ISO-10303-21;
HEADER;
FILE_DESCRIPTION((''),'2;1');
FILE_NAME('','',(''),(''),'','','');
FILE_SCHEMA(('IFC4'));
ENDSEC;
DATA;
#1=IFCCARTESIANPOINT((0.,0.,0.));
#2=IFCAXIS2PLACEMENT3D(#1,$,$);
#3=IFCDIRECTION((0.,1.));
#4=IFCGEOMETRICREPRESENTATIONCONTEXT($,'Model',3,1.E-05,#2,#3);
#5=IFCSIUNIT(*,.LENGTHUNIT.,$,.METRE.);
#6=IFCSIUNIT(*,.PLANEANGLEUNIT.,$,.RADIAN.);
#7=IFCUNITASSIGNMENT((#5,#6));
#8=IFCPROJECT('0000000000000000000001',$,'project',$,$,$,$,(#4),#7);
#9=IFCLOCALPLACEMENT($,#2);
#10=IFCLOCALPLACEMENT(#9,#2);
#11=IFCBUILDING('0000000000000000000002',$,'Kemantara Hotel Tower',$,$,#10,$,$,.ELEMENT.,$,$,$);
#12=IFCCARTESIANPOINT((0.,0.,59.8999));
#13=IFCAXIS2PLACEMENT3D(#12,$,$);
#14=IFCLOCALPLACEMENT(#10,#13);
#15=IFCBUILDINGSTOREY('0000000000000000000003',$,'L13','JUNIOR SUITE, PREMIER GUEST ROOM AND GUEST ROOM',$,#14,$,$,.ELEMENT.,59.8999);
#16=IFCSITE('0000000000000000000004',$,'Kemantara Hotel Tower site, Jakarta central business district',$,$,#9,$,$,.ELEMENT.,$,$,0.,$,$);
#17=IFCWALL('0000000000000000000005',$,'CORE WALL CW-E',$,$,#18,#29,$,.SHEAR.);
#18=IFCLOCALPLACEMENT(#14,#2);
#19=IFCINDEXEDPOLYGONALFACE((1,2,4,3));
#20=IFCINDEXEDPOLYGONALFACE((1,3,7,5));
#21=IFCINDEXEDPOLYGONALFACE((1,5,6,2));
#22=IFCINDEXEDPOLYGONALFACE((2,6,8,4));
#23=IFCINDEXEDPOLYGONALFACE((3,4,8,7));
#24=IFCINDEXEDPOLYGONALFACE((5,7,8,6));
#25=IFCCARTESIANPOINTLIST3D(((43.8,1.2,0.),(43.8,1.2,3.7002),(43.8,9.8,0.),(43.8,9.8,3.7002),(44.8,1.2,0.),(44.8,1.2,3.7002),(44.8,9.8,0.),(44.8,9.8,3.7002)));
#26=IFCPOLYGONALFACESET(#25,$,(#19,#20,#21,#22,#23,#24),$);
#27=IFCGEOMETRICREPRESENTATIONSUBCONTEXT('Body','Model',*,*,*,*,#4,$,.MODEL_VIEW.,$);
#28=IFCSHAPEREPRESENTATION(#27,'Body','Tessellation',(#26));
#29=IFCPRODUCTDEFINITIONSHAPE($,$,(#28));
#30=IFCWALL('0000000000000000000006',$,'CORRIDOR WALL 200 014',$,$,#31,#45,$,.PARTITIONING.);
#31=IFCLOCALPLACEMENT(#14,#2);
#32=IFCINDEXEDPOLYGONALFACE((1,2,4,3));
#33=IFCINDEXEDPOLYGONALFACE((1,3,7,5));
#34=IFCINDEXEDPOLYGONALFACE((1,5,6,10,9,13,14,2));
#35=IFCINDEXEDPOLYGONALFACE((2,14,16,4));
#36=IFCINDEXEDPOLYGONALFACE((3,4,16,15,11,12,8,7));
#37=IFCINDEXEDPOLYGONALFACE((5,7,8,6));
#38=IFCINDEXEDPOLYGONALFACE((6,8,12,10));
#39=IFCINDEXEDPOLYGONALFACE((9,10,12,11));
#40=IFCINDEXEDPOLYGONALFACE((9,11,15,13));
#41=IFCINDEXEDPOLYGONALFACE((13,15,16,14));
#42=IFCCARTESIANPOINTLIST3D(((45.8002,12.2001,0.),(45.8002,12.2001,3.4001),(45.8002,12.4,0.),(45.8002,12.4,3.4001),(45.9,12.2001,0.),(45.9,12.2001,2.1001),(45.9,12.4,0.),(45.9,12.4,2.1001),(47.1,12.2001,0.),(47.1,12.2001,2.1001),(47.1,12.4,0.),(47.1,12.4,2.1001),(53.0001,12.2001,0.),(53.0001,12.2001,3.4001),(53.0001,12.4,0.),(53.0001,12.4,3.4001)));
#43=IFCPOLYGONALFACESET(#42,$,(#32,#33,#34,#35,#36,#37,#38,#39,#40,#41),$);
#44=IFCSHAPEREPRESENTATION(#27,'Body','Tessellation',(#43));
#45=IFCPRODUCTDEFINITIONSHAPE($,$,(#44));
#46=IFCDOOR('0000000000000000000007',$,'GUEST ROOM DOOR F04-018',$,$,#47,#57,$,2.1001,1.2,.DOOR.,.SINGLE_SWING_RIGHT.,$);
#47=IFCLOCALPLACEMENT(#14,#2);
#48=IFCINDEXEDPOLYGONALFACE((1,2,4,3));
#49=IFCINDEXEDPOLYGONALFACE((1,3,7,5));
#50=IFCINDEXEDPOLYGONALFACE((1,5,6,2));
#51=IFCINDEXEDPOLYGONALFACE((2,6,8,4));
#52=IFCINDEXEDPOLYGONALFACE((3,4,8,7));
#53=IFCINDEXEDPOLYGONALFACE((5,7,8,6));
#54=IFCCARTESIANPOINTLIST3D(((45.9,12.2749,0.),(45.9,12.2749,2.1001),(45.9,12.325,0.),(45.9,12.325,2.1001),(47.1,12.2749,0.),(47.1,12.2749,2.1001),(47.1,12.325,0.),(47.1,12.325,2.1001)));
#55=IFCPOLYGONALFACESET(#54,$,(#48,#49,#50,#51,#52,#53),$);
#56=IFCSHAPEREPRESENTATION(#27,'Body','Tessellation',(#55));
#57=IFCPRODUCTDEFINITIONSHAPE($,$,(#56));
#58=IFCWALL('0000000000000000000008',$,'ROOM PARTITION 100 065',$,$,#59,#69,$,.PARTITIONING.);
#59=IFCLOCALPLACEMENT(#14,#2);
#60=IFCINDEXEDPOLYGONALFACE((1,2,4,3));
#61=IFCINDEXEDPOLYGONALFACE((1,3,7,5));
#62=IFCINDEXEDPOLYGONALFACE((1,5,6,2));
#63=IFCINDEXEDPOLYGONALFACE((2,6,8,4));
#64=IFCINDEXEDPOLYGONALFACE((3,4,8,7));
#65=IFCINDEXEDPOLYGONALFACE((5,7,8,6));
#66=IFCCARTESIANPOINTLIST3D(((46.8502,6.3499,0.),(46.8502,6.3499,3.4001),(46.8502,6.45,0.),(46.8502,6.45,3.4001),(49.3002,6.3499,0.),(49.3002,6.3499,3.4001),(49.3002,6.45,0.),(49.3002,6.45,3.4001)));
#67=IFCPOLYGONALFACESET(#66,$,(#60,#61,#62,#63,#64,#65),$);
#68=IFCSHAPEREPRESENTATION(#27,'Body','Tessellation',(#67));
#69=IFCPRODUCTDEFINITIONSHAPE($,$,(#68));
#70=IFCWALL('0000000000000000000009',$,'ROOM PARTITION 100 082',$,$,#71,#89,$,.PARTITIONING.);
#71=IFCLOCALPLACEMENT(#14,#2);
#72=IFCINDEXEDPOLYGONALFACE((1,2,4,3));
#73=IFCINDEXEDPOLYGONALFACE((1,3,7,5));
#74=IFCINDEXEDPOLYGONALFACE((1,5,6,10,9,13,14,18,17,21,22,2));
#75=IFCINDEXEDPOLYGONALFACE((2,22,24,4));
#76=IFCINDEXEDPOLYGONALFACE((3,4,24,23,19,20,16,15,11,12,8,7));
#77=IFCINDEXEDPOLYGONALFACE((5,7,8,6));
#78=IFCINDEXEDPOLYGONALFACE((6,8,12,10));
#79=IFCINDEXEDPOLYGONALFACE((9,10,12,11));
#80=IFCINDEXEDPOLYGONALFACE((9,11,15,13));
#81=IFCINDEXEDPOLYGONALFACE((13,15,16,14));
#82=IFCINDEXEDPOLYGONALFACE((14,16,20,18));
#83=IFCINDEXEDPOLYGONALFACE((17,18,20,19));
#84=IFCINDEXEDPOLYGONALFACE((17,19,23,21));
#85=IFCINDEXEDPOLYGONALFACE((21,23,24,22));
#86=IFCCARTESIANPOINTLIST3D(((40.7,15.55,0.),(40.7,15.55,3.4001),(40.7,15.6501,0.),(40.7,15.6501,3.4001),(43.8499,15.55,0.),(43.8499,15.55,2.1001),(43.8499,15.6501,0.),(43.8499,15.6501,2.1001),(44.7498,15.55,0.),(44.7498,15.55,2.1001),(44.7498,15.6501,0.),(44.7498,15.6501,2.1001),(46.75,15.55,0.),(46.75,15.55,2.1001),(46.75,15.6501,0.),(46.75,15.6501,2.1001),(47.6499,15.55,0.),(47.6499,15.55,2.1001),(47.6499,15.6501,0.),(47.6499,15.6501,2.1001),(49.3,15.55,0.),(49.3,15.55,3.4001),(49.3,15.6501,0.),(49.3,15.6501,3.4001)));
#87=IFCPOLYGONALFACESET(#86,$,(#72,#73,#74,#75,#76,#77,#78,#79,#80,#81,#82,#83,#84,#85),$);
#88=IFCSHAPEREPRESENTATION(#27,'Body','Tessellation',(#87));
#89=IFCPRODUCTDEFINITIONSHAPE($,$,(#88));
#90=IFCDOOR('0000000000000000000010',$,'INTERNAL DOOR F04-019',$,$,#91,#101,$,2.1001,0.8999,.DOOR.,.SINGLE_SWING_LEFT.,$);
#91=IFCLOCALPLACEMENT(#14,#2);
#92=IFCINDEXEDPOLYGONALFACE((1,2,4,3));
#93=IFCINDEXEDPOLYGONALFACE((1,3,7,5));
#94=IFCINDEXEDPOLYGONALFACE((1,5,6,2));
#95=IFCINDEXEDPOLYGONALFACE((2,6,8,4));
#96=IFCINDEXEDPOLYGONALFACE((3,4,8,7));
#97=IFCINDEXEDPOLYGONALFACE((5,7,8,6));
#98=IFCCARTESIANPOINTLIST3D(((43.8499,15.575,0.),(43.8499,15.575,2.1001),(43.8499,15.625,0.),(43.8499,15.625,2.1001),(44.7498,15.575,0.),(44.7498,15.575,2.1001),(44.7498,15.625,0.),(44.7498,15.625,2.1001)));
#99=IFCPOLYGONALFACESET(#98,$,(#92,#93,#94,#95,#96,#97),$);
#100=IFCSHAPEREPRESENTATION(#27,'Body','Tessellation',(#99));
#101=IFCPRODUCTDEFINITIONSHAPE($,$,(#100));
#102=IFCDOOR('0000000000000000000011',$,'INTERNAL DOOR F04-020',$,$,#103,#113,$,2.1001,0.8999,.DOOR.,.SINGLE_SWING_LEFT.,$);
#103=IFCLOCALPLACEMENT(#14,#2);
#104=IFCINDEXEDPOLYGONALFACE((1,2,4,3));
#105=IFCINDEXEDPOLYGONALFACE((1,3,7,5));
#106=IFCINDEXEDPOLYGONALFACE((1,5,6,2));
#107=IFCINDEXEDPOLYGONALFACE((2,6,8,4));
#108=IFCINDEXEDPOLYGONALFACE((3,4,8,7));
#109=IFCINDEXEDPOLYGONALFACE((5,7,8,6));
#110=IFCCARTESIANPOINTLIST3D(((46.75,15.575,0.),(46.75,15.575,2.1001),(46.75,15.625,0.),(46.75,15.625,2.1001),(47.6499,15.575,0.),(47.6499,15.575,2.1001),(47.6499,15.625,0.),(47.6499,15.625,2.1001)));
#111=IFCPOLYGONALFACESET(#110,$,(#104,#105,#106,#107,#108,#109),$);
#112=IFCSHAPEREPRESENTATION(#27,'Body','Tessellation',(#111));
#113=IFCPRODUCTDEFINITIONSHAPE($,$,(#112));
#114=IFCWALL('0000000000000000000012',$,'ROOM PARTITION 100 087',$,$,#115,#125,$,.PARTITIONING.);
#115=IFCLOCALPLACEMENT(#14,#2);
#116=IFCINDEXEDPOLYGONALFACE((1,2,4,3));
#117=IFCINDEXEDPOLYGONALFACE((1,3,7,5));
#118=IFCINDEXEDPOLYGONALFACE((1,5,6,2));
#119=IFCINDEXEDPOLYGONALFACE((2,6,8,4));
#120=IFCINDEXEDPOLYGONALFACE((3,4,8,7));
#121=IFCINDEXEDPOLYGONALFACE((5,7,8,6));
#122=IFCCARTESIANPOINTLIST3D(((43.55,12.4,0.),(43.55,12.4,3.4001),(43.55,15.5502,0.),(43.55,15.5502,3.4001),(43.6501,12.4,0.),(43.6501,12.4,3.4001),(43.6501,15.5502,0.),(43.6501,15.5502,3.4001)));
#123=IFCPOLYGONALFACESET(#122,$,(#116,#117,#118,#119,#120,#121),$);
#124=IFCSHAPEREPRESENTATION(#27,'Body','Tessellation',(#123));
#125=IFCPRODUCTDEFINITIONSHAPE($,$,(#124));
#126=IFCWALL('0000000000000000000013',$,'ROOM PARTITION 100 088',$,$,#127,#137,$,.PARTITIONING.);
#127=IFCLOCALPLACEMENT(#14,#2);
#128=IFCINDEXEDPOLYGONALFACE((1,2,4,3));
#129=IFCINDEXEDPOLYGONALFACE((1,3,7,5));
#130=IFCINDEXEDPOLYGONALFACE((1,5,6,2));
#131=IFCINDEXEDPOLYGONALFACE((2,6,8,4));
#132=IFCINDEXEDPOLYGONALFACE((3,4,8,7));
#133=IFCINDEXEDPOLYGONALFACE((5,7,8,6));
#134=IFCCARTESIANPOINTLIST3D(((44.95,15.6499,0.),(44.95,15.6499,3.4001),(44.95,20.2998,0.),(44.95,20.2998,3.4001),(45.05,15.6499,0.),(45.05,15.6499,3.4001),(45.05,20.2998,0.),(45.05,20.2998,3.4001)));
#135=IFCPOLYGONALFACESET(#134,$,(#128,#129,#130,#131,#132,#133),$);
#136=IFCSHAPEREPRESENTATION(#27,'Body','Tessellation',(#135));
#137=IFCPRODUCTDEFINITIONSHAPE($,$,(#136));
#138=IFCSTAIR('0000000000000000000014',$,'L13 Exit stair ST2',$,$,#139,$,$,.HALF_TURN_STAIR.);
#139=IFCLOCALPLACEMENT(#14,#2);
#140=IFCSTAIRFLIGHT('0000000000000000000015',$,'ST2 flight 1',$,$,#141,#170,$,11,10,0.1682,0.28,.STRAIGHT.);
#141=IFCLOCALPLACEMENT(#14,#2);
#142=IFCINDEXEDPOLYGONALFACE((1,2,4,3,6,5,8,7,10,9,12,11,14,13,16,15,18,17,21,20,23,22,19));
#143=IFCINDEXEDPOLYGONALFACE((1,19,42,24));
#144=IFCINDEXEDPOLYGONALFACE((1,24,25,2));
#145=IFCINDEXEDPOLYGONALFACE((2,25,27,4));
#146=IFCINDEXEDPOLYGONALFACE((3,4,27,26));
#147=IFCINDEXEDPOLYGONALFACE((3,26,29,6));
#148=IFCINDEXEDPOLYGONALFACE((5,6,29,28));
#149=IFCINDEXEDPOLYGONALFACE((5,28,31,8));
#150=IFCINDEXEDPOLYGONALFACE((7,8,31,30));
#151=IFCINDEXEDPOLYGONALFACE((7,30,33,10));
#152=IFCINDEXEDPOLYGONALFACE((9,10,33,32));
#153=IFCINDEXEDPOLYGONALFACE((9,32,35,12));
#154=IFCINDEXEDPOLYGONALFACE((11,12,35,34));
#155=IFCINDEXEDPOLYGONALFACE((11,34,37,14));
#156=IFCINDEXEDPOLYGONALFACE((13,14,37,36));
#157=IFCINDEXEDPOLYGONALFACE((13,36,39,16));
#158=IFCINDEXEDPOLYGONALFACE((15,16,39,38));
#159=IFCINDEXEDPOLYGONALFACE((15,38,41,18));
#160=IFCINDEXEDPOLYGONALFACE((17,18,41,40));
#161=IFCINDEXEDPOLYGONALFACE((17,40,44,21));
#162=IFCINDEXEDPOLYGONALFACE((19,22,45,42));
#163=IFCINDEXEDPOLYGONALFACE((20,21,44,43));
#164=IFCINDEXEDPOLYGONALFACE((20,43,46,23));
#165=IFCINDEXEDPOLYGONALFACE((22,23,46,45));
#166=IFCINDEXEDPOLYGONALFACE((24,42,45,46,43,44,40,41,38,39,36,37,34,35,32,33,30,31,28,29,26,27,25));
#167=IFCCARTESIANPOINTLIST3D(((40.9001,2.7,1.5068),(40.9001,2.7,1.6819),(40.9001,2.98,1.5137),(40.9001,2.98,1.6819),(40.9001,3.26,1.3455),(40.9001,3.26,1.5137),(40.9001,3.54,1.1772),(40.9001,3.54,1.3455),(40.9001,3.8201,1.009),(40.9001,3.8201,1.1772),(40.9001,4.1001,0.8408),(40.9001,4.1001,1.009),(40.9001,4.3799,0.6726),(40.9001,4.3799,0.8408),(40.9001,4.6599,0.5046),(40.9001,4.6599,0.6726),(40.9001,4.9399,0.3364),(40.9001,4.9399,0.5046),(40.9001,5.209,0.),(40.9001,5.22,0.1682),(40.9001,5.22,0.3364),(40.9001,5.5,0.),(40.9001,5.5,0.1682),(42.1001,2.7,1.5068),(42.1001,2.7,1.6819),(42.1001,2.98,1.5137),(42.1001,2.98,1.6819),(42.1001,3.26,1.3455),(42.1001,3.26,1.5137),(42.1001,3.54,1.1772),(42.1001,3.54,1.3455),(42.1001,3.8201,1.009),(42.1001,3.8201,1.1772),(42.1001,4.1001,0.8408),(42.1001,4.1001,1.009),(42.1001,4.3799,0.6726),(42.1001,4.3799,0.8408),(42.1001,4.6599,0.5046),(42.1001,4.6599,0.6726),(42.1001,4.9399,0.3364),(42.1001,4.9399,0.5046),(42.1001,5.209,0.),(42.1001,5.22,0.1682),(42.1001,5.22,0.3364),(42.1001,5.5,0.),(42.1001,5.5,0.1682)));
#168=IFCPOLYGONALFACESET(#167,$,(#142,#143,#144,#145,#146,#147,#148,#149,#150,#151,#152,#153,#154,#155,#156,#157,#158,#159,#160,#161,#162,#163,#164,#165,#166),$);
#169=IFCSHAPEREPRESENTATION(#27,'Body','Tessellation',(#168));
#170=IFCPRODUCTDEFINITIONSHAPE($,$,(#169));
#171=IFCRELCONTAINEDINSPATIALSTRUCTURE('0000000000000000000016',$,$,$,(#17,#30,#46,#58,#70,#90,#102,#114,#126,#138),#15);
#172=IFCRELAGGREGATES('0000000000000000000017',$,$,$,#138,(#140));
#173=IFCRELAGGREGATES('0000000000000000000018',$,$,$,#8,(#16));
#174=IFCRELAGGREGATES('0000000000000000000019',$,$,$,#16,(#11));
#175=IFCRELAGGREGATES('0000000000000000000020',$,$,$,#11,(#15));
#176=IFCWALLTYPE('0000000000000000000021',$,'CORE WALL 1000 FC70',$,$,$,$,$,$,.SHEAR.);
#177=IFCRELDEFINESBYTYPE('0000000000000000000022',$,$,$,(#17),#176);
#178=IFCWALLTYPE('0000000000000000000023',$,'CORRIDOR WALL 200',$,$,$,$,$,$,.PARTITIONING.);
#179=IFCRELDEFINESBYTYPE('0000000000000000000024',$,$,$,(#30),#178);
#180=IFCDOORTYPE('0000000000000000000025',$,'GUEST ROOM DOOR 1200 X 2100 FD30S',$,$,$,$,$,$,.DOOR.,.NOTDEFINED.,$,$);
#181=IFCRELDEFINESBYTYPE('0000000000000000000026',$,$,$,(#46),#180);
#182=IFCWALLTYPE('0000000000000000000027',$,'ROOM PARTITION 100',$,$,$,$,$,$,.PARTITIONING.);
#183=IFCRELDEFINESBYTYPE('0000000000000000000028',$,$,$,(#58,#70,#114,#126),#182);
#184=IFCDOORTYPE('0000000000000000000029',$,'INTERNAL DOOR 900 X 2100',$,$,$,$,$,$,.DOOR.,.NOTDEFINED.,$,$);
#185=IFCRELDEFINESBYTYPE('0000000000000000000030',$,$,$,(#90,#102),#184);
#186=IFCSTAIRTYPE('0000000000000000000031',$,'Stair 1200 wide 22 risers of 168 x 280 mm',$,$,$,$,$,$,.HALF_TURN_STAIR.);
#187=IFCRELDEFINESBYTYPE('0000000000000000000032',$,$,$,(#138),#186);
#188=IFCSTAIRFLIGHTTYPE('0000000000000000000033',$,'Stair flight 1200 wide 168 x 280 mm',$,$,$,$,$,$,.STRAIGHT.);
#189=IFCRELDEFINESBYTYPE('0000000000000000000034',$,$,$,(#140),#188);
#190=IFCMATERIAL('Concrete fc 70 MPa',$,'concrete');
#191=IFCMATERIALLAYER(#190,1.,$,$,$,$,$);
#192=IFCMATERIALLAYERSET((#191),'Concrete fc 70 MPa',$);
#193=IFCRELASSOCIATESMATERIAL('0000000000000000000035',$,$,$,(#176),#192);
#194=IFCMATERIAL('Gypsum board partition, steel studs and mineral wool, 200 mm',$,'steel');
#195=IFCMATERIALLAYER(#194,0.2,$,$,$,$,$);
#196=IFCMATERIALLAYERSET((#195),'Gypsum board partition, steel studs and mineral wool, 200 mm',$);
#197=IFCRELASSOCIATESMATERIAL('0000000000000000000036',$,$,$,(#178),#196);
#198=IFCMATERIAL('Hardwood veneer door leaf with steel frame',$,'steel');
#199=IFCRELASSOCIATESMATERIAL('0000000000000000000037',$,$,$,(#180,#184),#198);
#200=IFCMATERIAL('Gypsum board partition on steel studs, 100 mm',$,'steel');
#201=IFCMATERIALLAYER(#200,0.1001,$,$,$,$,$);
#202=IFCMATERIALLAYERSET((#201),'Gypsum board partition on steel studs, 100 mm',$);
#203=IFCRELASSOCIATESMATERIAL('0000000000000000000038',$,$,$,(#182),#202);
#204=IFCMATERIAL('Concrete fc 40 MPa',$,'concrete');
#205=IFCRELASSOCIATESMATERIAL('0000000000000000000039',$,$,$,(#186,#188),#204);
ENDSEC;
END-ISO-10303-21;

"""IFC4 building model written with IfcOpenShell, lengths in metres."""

from ifc_helpers import new_model, si_unit, direction, frame, frame_2d, origin, place, context, subcontext, project, spatial, polyline, rectangle, outline, extrude, material, layer, layer_set, type_object, element, fill, aggregate, save


model = new_model("IFC4")

# Units and contexts
model_context = context("Model", 3, precision=1e-05, world=origin(), true_north=direction((0.0, 1.0)))
body_context = subcontext(model_context, "Body", "Model", "MODEL_VIEW")
ifc_project = project(units=[si_unit("LENGTHUNIT", "METRE"), si_unit("PLANEANGLEUNIT", "RADIAN")], contexts=[model_context])

# Site, building, storey
site_placement = place(None, origin())
site = spatial("IfcSite", under=ifc_project, at=site_placement, Name="Kemantara Hotel Tower site, Jakarta central business district", CompositionType="ELEMENT", RefElevation=0.0)
building_placement = place(site_placement, origin())
building = spatial("IfcBuilding", under=site, at=building_placement, Name="Kemantara Hotel Tower", CompositionType="ELEMENT")
storey_placement = place(building_placement, frame((0.0, 0.0, 59.8999)))
storey = spatial("IfcBuildingStorey", under=building, at=storey_placement, Name="L13", Description="JUNIOR SUITE, PREMIER GUEST ROOM AND GUEST ROOM", CompositionType="ELEMENT", Elevation=59.8999)

# Shared definitions
ifc_material_1 = material(Name="Concrete fc 70 MPa", Category="concrete")

# Wall
ifc_layer_1 = layer(ifc_material_1, 1.0)
ifc_layer_set_1 = layer_set([ifc_layer_1], Name="Concrete fc 70 MPa")
wall_type_1 = type_object("IfcWallType", Name="CORE WALL 1000 FC70", PredefinedType="SHEAR", material=ifc_layer_set_1)
wall_1_placement = place(storey_placement, frame((44.3, 1.2, 0.0), z_axis=(0.0, 0.0, 1.0), x_axis=(0.0, 1.0, 0.0)))
element("IfcWall", 1, at=wall_1_placement, inside=storey, type_object=wall_type_1, Name="CORE WALL CW-E", PredefinedType="SHEAR", context=body_context, shape_type="SweptSolid", body=[
    extrude(rectangle(XDim=8.6001, YDim=1.0, at=frame_2d((4.3, 0.0))), origin(), (0.0, 0.0, 1.0), 3.7002),
])

# Wall, opening, door
ifc_material_2 = material(Name="Gypsum board partition, steel studs and mineral wool, 200 mm", Category="steel")
ifc_layer_2 = layer(ifc_material_2, 0.2)
ifc_layer_set_2 = layer_set([ifc_layer_2], Name="Gypsum board partition, steel studs and mineral wool, 200 mm")
wall_type_2 = type_object("IfcWallType", Name="CORRIDOR WALL 200", PredefinedType="PARTITIONING", material=ifc_layer_set_2)
wall_2_placement = place(storey_placement, frame((45.8, 12.3, 0.0), z_axis=(0.0, 0.0, 1.0), x_axis=(1.0, 0.0, 0.0)))
wall_2 = element("IfcWall", 2, at=wall_2_placement, inside=storey, type_object=wall_type_2, Name="CORRIDOR WALL 200 014", PredefinedType="PARTITIONING", context=body_context, shape_type="SweptSolid", body=[
    extrude(rectangle(XDim=7.2, YDim=0.2, at=frame_2d((3.6001, 0.0))), origin(), (0.0, 0.0, 1.0), 3.4001),
])
opening_1_placement = place(wall_2_placement, frame((0.0999, 0.0, 0.0)))
opening_1 = element("IfcOpeningElement", 3, at=opening_1_placement, cuts=wall_2, PredefinedType="OPENING", context=body_context, shape_type="SweptSolid", body=[
    extrude(rectangle(XDim=1.2, YDim=2.1001, at=frame_2d((0.6001, 1.05))), frame((0.0, 0.1099, 0.0), z_axis=(0.0, -1.0, 0.0), x_axis=(1.0, 0.0, 0.0)), (0.0, 0.0, 1.0), 0.22),
])
ifc_material_3 = material(Name="Hardwood veneer door leaf with steel frame", Category="steel")
door_type_1 = type_object("IfcDoorType", Name="GUEST ROOM DOOR 1200 X 2100 FD30S", OperationType="NOTDEFINED", PredefinedType="DOOR", material=ifc_material_3)
door_1_placement = place(opening_1_placement, origin())
door_1 = element("IfcDoor", 4, at=door_1_placement, inside=storey, type_object=door_type_1, Name="GUEST ROOM DOOR F04-018", OperationType="SINGLE_SWING_RIGHT", OverallHeight=2.1001, OverallWidth=1.2, PredefinedType="DOOR", context=body_context, shape_type="SweptSolid", body=[
    extrude(rectangle(XDim=1.2, YDim=2.1001, at=frame_2d((0.6001, 1.05))), frame((0.0, 0.0249, 0.0), z_axis=(0.0, -1.0, 0.0), x_axis=(1.0, 0.0, 0.0)), (0.0, 0.0, 1.0), 0.05),
])
fill(opening_1, door_1)

# Wall
ifc_material_4 = material(Name="Gypsum board partition on steel studs, 100 mm", Category="steel")
ifc_layer_3 = layer(ifc_material_4, 0.1001)
ifc_layer_set_3 = layer_set([ifc_layer_3], Name="Gypsum board partition on steel studs, 100 mm")
wall_type_3 = type_object("IfcWallType", Name="ROOM PARTITION 100", PredefinedType="PARTITIONING", material=ifc_layer_set_3)
wall_3_placement = place(storey_placement, frame((46.8501, 6.3999, 0.0), z_axis=(0.0, 0.0, 1.0), x_axis=(1.0, 0.0, 0.0)))
element("IfcWall", 5, at=wall_3_placement, inside=storey, type_object=wall_type_3, Name="ROOM PARTITION 100 065", PredefinedType="PARTITIONING", context=body_context, shape_type="SweptSolid", body=[
    extrude(rectangle(XDim=2.45, YDim=0.1001, at=frame_2d((1.2251, 0.0))), origin(), (0.0, 0.0, 1.0), 3.4001),
])

# Wall, openings, doors
wall_4_placement = place(storey_placement, frame((40.7, 15.6001, 0.0), z_axis=(0.0, 0.0, 1.0), x_axis=(1.0, 0.0, 0.0)))
wall_4 = element("IfcWall", 6, at=wall_4_placement, inside=storey, type_object=wall_type_3, Name="ROOM PARTITION 100 082", PredefinedType="PARTITIONING", context=body_context, shape_type="SweptSolid", body=[
    extrude(rectangle(XDim=8.6001, YDim=0.1001, at=frame_2d((4.3, 0.0))), origin(), (0.0, 0.0, 1.0), 3.4001),
])
opening_2_placement = place(wall_4_placement, frame((3.1499, 0.0, 0.0)))
opening_2 = element("IfcOpeningElement", 7, at=opening_2_placement, cuts=wall_4, PredefinedType="OPENING", context=body_context, shape_type="SweptSolid", body=[
    extrude(rectangle(XDim=0.8999, YDim=2.1001, at=frame_2d((0.45, 1.05))), frame((0.0, 0.0601, 0.0), z_axis=(0.0, -1.0, 0.0), x_axis=(1.0, 0.0, 0.0)), (0.0, 0.0, 1.0), 0.1201),
])
opening_3_placement = place(wall_4_placement, frame((6.05, 0.0, 0.0)))
opening_3 = element("IfcOpeningElement", 8, at=opening_3_placement, cuts=wall_4, PredefinedType="OPENING", context=body_context, shape_type="SweptSolid", body=[
    extrude(rectangle(XDim=0.8999, YDim=2.1001, at=frame_2d((0.45, 1.05))), frame((0.0, 0.0601, 0.0), z_axis=(0.0, -1.0, 0.0), x_axis=(1.0, 0.0, 0.0)), (0.0, 0.0, 1.0), 0.1201),
])
door_type_2 = type_object("IfcDoorType", Name="INTERNAL DOOR 900 X 2100", OperationType="NOTDEFINED", PredefinedType="DOOR", material=ifc_material_3)
door_2_placement = place(opening_2_placement, origin())
door_2 = element("IfcDoor", 9, at=door_2_placement, inside=storey, type_object=door_type_2, Name="INTERNAL DOOR F04-019", OperationType="SINGLE_SWING_LEFT", OverallHeight=2.1001, OverallWidth=0.8999, PredefinedType="DOOR", context=body_context, shape_type="SweptSolid", body=[
    extrude(rectangle(XDim=0.8999, YDim=2.1001, at=frame_2d((0.45, 1.05))), frame((0.0, 0.0249, 0.0), z_axis=(0.0, -1.0, 0.0), x_axis=(1.0, 0.0, 0.0)), (0.0, 0.0, 1.0), 0.05),
])
fill(opening_2, door_2)
door_3_placement = place(opening_3_placement, origin())
door_3 = element("IfcDoor", 10, at=door_3_placement, inside=storey, type_object=door_type_2, Name="INTERNAL DOOR F04-020", OperationType="SINGLE_SWING_LEFT", OverallHeight=2.1001, OverallWidth=0.8999, PredefinedType="DOOR", context=body_context, shape_type="SweptSolid", body=[
    extrude(rectangle(XDim=0.8999, YDim=2.1001, at=frame_2d((0.45, 1.05))), frame((0.0, 0.0249, 0.0), z_axis=(0.0, -1.0, 0.0), x_axis=(1.0, 0.0, 0.0)), (0.0, 0.0, 1.0), 0.05),
])
fill(opening_3, door_3)

# Walls
wall_5_placement = place(storey_placement, frame((43.6001, 12.3999, 0.0), z_axis=(0.0, 0.0, 1.0), x_axis=(0.0, 1.0, 0.0)))
element("IfcWall", 11, at=wall_5_placement, inside=storey, type_object=wall_type_3, Name="ROOM PARTITION 100 087", PredefinedType="PARTITIONING", context=body_context, shape_type="SweptSolid", body=[
    extrude(rectangle(XDim=3.1501, YDim=0.1001, at=frame_2d((1.5752, 0.0))), origin(), (0.0, 0.0, 1.0), 3.4001),
])
wall_6_placement = place(storey_placement, frame((45.0, 15.6499, 0.0), z_axis=(0.0, 0.0, 1.0), x_axis=(0.0, 1.0, 0.0)))
element("IfcWall", 12, at=wall_6_placement, inside=storey, type_object=wall_type_3, Name="ROOM PARTITION 100 088", PredefinedType="PARTITIONING", context=body_context, shape_type="SweptSolid", body=[
    extrude(rectangle(XDim=4.6499, YDim=0.1001, at=frame_2d((2.325, 0.0))), origin(), (0.0, 0.0, 1.0), 3.4001),
])

# Stair, stair flight
ifc_material_5 = material(Name="Concrete fc 40 MPa", Category="concrete")
stair_type = type_object("IfcStairType", Name="Stair 1200 wide 22 risers of 168 x 280 mm", PredefinedType="HALF_TURN_STAIR", material=ifc_material_5)
stair_placement = place(storey_placement, origin())
stair = element("IfcStair", 13, at=stair_placement, inside=storey, type_object=stair_type, Name="L13 Exit stair ST2", PredefinedType="HALF_TURN_STAIR")
stair_flight_type = type_object("IfcStairFlightType", Name="Stair flight 1200 wide 168 x 280 mm", PredefinedType="STRAIGHT", material=ifc_material_5)
stair_flight_1_placement = place(storey_placement, frame((41.5, 5.5, 0.0), z_axis=(0.0, 0.0, 1.0), x_axis=(0.0, -1.0, 0.0)))
stair_flight_1 = element("IfcStairFlight", 14, at=stair_flight_1_placement, type_object=stair_flight_type, Name="ST2 flight 1", NumberOfRisers=11, NumberOfTreads=10, PredefinedType="STRAIGHT", RiserHeight=0.1682, TreadLength=0.28, context=body_context, shape_type="SweptSolid", body=[
    extrude(outline(polyline([(0.0, 0.0), (0.0, 0.1682), (0.28, 0.1682), (0.28, 0.3364), (0.5601, 0.3364), (0.5601, 0.5046), (0.8401, 0.5046), (0.8401, 0.6726), (1.1201, 0.6726), (1.1201, 0.8408), (1.3999, 0.8408), (1.3999, 1.009), (1.6799, 1.009), (1.6799, 1.1772), (1.96, 1.1772), (1.96, 1.3455), (2.24, 1.3455), (2.24, 1.5137), (2.52, 1.5137), (2.52, 1.6819), (2.8, 1.6819), (2.8, 1.8501), (2.8, 1.5068), (0.291, 0.0), (0.0, 0.0)])), frame((0.0, 0.6001, 0.0), z_axis=(0.0, -1.0, 0.0), x_axis=(1.0, 0.0, 0.0)), (0.0, 0.0, 1.0), 1.2),
])
aggregate(stair, [stair_flight_1])

save(model, "model.ifc")
